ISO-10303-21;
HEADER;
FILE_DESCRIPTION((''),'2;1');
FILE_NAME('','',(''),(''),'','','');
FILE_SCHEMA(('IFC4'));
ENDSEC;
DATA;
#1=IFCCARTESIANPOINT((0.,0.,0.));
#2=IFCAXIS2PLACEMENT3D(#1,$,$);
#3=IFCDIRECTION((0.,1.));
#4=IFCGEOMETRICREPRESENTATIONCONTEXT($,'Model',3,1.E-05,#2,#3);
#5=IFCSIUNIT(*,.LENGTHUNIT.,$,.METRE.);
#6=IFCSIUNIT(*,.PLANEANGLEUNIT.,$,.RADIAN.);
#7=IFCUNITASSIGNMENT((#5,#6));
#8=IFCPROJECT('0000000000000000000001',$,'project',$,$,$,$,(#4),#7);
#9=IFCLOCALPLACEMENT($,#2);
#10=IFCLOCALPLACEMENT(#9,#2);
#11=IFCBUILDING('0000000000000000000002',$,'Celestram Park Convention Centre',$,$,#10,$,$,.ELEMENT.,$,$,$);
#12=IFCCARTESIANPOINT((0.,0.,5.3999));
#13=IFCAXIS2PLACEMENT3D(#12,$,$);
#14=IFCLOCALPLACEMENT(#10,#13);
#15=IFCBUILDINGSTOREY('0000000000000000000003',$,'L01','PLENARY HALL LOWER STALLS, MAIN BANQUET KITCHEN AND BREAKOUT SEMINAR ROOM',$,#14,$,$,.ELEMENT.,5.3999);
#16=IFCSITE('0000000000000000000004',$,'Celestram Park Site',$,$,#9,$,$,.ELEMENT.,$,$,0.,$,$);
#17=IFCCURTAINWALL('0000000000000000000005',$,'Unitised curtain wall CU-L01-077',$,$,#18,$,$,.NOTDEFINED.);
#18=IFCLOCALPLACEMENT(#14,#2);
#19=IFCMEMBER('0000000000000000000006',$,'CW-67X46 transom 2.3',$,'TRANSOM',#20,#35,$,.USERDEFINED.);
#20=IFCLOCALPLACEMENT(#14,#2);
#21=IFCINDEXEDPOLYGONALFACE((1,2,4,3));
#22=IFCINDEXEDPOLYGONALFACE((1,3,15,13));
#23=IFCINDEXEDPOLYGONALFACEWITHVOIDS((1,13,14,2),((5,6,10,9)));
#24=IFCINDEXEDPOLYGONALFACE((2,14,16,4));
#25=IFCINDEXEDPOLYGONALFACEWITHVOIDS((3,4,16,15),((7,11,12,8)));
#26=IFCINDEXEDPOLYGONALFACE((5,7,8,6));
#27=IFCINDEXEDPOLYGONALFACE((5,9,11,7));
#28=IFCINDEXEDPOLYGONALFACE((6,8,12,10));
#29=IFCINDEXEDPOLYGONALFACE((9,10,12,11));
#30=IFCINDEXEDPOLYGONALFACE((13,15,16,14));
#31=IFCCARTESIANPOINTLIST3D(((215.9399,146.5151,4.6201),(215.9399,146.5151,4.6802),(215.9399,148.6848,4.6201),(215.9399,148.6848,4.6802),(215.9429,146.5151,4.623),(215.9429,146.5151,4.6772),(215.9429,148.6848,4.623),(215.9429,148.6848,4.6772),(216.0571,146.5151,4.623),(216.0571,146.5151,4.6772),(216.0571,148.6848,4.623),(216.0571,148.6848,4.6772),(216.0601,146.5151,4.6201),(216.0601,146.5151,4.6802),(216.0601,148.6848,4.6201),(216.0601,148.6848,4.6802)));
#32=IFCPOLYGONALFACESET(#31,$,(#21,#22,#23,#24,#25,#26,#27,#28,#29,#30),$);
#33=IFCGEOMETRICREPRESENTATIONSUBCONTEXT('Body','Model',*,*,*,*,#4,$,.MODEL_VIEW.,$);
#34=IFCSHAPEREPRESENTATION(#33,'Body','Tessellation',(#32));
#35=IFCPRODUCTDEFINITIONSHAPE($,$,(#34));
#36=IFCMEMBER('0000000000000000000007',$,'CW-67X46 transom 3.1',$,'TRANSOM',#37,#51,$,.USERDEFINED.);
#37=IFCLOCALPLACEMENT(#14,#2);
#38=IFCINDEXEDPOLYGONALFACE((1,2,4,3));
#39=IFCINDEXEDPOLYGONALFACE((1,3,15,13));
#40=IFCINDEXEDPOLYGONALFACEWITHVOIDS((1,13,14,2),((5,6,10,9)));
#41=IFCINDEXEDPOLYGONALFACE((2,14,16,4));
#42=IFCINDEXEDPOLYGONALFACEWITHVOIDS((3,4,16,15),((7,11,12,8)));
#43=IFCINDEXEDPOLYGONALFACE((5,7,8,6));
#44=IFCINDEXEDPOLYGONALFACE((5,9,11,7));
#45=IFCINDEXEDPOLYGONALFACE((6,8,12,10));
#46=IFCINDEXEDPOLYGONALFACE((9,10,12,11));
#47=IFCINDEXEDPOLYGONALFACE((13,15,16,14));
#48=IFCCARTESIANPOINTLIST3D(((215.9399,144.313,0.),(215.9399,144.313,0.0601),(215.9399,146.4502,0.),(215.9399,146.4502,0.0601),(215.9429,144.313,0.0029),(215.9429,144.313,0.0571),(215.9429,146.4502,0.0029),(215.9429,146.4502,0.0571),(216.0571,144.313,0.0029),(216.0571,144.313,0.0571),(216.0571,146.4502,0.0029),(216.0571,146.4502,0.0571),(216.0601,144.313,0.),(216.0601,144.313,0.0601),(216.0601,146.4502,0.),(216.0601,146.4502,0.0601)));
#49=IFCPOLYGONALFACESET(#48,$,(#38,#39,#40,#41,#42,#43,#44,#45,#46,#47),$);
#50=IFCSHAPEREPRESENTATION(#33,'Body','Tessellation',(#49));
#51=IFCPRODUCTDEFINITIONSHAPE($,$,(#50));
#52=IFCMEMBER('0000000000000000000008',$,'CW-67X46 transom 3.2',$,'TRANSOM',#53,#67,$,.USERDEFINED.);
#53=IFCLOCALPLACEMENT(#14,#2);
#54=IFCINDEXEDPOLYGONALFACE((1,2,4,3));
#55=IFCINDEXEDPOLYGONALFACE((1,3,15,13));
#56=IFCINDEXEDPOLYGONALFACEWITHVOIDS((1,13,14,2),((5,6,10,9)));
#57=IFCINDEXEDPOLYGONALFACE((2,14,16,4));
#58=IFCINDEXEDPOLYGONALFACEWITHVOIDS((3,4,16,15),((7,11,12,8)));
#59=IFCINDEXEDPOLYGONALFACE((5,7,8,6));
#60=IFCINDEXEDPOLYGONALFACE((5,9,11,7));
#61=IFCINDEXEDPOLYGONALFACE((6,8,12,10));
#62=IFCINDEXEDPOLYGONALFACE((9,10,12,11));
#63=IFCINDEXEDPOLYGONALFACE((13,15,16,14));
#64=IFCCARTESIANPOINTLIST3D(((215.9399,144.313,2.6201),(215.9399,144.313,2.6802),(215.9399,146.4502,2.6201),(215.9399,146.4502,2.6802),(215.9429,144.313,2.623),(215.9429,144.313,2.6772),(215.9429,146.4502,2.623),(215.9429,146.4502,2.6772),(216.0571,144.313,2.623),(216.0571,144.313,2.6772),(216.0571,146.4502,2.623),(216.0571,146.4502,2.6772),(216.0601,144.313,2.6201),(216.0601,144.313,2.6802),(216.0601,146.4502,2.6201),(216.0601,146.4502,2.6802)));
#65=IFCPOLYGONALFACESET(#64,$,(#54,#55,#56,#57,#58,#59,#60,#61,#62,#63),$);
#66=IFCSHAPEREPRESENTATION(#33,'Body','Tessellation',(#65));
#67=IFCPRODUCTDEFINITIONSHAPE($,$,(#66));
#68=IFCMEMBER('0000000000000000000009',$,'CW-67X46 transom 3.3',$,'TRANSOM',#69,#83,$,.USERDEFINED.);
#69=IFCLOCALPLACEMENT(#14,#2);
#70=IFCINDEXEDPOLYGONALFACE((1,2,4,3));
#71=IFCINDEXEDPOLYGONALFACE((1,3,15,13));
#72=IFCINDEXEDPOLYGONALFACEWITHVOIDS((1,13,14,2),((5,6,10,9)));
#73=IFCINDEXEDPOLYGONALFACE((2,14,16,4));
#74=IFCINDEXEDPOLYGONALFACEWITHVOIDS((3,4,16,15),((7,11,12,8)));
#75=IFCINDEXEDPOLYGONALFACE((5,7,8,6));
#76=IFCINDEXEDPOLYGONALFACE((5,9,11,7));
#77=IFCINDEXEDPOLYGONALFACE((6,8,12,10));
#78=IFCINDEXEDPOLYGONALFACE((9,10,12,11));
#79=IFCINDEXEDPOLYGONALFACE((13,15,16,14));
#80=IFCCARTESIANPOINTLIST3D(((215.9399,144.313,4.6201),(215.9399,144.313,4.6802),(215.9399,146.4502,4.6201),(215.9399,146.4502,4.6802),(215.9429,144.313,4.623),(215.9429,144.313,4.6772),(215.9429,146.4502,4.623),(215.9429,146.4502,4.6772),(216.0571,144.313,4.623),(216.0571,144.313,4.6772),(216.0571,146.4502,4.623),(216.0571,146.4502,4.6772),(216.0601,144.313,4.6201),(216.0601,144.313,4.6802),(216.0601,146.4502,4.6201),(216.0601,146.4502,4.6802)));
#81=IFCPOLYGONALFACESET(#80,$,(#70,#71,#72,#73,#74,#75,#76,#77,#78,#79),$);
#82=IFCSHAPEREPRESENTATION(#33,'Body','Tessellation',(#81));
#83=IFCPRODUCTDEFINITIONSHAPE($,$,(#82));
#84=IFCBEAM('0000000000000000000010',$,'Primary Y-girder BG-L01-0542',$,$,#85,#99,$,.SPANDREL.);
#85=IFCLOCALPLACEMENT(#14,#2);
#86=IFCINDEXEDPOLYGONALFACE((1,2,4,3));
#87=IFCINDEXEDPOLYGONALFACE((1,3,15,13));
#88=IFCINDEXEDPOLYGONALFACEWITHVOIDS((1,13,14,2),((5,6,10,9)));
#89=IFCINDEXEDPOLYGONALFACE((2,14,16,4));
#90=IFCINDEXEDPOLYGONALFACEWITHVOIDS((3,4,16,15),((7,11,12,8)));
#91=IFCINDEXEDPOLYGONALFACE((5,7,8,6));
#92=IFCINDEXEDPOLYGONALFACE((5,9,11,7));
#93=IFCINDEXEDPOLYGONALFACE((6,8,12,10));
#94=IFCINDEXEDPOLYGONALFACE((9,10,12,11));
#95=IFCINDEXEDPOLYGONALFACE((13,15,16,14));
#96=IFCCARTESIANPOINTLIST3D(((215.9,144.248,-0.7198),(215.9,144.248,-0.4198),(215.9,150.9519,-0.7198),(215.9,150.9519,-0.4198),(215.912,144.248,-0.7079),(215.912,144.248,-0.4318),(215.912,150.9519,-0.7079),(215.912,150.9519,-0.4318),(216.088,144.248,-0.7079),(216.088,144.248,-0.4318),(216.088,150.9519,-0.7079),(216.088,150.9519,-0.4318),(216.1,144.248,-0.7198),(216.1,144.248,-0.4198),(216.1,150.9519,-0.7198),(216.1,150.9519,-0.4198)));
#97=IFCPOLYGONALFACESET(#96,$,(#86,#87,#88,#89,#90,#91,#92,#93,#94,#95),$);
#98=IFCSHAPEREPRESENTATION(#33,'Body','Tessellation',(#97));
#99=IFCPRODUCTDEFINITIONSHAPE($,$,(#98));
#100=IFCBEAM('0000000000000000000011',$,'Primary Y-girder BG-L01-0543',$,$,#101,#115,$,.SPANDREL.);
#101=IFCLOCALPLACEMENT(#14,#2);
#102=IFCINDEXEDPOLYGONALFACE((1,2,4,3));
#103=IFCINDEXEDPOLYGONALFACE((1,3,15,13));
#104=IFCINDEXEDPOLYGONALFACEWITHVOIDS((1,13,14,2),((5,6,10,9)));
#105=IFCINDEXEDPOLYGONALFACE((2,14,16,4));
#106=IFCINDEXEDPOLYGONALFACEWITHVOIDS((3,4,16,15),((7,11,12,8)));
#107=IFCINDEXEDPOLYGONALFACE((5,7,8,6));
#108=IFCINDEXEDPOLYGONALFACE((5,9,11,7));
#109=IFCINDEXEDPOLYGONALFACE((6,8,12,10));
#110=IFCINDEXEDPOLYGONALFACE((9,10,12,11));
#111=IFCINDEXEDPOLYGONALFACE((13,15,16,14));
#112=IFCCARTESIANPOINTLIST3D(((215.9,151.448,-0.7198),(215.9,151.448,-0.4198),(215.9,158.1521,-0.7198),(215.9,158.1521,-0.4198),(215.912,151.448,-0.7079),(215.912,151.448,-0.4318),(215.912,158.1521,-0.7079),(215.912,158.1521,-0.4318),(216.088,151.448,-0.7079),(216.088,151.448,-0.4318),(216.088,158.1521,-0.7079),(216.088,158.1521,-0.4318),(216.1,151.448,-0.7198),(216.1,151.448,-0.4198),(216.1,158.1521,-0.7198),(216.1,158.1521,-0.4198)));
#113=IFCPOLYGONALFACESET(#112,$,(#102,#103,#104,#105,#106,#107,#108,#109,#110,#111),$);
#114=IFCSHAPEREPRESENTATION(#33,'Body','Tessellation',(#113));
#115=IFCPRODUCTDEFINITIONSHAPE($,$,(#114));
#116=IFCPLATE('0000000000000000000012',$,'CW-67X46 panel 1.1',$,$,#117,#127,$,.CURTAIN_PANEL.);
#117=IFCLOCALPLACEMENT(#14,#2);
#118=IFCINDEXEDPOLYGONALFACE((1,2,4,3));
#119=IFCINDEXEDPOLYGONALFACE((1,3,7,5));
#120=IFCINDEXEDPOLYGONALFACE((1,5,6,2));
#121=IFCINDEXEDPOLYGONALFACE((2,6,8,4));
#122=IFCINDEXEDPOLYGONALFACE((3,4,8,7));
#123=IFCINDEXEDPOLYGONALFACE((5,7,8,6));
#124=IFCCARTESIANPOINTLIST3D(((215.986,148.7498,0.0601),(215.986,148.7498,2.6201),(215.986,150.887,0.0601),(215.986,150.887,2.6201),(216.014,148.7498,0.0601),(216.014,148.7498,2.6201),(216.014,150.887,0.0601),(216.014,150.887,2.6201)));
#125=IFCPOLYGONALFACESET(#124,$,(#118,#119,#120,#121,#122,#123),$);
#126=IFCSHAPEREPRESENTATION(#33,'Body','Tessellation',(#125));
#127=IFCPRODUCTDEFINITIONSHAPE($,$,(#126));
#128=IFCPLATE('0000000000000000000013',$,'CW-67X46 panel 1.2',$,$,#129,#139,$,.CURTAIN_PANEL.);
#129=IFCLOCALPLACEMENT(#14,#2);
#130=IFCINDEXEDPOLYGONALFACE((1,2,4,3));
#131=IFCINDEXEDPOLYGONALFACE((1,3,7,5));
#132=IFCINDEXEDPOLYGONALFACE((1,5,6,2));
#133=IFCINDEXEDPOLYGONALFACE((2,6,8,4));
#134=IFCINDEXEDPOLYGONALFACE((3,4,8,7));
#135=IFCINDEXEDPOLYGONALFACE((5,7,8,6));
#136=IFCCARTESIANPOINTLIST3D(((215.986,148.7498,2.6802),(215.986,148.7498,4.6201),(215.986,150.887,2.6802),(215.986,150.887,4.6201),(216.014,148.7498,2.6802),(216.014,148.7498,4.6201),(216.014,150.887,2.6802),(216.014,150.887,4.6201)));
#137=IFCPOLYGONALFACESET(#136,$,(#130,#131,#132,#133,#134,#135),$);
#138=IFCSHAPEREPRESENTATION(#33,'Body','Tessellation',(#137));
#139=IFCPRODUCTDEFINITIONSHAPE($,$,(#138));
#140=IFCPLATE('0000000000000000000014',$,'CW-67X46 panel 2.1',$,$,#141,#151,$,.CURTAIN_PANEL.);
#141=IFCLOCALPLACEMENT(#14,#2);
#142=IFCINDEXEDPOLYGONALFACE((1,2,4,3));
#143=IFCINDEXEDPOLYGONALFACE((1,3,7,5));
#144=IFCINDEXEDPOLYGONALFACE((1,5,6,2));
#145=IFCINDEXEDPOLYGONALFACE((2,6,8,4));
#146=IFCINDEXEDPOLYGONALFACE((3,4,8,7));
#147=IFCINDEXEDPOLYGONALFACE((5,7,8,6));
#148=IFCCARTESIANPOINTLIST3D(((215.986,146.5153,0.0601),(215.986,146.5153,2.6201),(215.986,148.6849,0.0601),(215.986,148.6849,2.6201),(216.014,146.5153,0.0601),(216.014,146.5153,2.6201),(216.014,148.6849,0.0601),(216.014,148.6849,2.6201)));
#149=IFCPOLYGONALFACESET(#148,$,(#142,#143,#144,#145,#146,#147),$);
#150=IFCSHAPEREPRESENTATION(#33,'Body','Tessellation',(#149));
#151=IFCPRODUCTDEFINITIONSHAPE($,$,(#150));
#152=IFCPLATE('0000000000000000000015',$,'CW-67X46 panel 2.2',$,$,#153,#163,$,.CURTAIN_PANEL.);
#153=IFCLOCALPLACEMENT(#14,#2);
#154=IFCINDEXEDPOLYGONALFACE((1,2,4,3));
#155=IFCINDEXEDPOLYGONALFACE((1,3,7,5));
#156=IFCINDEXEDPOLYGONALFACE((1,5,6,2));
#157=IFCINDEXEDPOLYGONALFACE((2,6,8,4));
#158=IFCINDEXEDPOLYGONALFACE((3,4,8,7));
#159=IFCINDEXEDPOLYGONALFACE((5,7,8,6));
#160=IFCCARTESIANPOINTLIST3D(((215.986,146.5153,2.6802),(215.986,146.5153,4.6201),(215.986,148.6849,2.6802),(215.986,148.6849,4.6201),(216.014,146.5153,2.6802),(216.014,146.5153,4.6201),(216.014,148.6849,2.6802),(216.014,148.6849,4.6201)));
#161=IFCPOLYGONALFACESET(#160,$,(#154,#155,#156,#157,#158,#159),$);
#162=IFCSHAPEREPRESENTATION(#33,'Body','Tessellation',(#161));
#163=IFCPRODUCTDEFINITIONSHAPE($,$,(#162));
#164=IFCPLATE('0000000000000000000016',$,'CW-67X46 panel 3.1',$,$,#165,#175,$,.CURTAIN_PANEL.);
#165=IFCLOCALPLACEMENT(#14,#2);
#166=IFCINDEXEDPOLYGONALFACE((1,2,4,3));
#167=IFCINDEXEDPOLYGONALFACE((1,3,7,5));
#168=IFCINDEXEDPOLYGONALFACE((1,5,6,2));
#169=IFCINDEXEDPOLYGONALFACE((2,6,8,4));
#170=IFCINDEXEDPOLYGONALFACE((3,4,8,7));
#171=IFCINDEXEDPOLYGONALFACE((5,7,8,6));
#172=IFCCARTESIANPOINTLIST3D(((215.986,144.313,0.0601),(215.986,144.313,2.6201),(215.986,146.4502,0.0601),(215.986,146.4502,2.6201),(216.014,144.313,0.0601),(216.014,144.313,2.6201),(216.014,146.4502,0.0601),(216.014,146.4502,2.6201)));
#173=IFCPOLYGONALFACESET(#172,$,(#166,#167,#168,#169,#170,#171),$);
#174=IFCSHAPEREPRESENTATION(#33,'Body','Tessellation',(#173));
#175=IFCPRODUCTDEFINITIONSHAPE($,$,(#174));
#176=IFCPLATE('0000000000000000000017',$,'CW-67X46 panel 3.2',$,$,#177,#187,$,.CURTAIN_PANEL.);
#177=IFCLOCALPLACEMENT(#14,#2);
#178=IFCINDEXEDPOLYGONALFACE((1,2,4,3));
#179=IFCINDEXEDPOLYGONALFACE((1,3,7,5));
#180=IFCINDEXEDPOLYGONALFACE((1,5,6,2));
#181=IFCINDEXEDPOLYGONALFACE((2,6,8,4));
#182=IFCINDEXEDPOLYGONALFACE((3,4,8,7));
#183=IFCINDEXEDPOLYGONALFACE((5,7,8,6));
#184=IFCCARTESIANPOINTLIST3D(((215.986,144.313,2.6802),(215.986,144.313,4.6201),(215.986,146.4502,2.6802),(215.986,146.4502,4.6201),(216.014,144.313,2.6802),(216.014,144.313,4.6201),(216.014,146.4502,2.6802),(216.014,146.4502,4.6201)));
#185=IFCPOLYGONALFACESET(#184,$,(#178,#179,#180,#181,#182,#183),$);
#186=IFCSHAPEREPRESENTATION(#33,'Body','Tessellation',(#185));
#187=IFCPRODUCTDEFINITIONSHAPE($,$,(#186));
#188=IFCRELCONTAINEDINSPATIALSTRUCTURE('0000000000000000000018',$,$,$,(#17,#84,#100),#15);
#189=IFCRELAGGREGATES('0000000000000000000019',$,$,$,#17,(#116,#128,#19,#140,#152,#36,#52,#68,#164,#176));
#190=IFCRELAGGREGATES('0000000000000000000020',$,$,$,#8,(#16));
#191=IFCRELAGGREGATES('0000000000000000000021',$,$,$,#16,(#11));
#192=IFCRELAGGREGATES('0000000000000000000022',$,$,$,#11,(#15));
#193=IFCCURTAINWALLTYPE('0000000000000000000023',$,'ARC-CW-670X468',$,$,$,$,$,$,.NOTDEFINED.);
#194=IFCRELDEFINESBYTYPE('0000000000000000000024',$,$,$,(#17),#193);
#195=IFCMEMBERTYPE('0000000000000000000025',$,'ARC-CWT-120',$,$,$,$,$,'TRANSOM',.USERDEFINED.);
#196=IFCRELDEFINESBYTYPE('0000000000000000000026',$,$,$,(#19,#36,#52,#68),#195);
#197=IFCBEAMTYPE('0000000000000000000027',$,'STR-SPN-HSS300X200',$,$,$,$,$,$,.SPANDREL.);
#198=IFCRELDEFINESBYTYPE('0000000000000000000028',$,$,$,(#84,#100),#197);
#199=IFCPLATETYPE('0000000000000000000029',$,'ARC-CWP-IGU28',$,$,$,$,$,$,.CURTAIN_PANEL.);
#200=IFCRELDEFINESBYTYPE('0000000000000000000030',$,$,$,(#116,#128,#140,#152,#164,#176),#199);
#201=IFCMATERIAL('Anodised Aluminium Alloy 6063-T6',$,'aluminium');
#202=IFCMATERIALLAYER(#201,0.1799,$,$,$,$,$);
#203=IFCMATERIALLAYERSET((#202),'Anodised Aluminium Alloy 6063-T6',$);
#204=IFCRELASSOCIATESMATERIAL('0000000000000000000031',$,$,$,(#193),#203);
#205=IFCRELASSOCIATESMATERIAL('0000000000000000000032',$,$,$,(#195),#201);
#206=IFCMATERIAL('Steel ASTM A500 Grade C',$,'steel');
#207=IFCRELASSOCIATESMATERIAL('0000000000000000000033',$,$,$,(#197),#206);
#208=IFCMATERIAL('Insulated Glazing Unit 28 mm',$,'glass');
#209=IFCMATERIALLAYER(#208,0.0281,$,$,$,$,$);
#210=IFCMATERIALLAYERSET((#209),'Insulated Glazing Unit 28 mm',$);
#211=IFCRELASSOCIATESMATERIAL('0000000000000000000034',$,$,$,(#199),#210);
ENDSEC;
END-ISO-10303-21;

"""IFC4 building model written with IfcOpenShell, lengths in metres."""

from ifc_helpers import new_model, si_unit, direction, frame, origin, origin_2d, place, context, subcontext, project, spatial, rectangle, hollow_rectangle, extrude, material, layer, layer_set, material_profile, profile_set, type_object, element, aggregate, save


model = new_model("IFC4")

# Units and contexts
model_context = context("Model", 3, precision=1e-05, world=origin(), true_north=direction((0.0, 1.0)))
body_context = subcontext(model_context, "Body", "Model", "MODEL_VIEW")
ifc_project = project(units=[si_unit("LENGTHUNIT", "METRE"), si_unit("PLANEANGLEUNIT", "RADIAN")], contexts=[model_context])

# Site, building, storey
site_placement = place(None, origin())
site = spatial("IfcSite", under=ifc_project, at=site_placement, Name="Celestram Park Site", CompositionType="ELEMENT", RefElevation=0.0)
building_placement = place(site_placement, origin())
building = spatial("IfcBuilding", under=site, at=building_placement, Name="Celestram Park Convention Centre", CompositionType="ELEMENT")
storey_placement = place(building_placement, frame((0.0, 0.0, 5.3999)))
storey = spatial("IfcBuildingStorey", under=building, at=storey_placement, Name="L01", Description="PLENARY HALL LOWER STALLS, MAIN BANQUET KITCHEN AND BREAKOUT SEMINAR ROOM", CompositionType="ELEMENT", Elevation=5.3999)

# Shared definitions
ifc_material_1 = material(Name="Steel ASTM A500 Grade C", Category="steel")

# Shared definitions
ifc_material_2 = material(Name="Anodised Aluminium Alloy 6063-T6", Category="aluminium")
ifc_layer_1 = layer(ifc_material_2, 0.1799)
ifc_layer_set_1 = layer_set([ifc_layer_1], Name="Anodised Aluminium Alloy 6063-T6")
curtain_wall_type = type_object("IfcCurtainWallType", Name="ARC-CW-670X468", PredefinedType="NOTDEFINED", material=ifc_layer_set_1)

# Curtain wall, members
curtain_wall_1_placement = place(storey_placement, origin())
curtain_wall_1 = element("IfcCurtainWall", 1, at=curtain_wall_1_placement, inside=storey, type_object=curtain_wall_type, Name="Unitised curtain wall CU-L01-077", PredefinedType="NOTDEFINED")
ifc_material_profile_1 = material_profile(ifc_material_2, hollow_rectangle(XDim=0.1201, YDim=0.0601, WallThickness=0.0029, at=origin_2d()), Name="ALU120X60X3")
ifc_profile_set_1 = profile_set([ifc_material_profile_1], Name="Anodised Aluminium Alloy 6063-T6")
member_type_1 = type_object("IfcMemberType", Name="ARC-CWT-120", ElementType="TRANSOM", PredefinedType="USERDEFINED", material=ifc_profile_set_1)
member_1_placement = place(storey_placement, frame((216.0, 148.6848, 4.6501), z_axis=(0.0, -1.0, 0.0), x_axis=(1.0, 0.0, 0.0)))
member_1 = element("IfcMember", 2, at=member_1_placement, type_object=member_type_1, Name="CW-67X46 transom 2.3", ObjectType="TRANSOM", PredefinedType="USERDEFINED", context=body_context, shape_type="SweptSolid", body=[
    extrude(hollow_rectangle(XDim=0.1201, YDim=0.0601, WallThickness=0.0029, at=origin_2d()), origin(), (0.0, 0.0, 1.0), 2.1697),
])
member_2_placement = place(storey_placement, frame((216.0, 146.4502, 0.03), z_axis=(0.0, -1.0, 0.0), x_axis=(1.0, 0.0, 0.0)))
member_2 = element("IfcMember", 3, at=member_2_placement, type_object=member_type_1, Name="CW-67X46 transom 3.1", ObjectType="TRANSOM", PredefinedType="USERDEFINED", context=body_context, shape_type="SweptSolid", body=[
    extrude(hollow_rectangle(XDim=0.1201, YDim=0.0601, WallThickness=0.0029, at=origin_2d()), origin(), (0.0, 0.0, 1.0), 2.1372),
])
member_3_placement = place(storey_placement, frame((216.0, 146.4502, 2.6501), z_axis=(0.0, -1.0, 0.0), x_axis=(1.0, 0.0, 0.0)))
member_3 = element("IfcMember", 4, at=member_3_placement, type_object=member_type_1, Name="CW-67X46 transom 3.2", ObjectType="TRANSOM", PredefinedType="USERDEFINED", context=body_context, shape_type="SweptSolid", body=[
    extrude(hollow_rectangle(XDim=0.1201, YDim=0.0601, WallThickness=0.0029, at=origin_2d()), origin(), (0.0, 0.0, 1.0), 2.1372),
])
member_4_placement = place(storey_placement, frame((216.0, 146.4502, 4.6501), z_axis=(0.0, -1.0, 0.0), x_axis=(1.0, 0.0, 0.0)))
member_4 = element("IfcMember", 5, at=member_4_placement, type_object=member_type_1, Name="CW-67X46 transom 3.3", ObjectType="TRANSOM", PredefinedType="USERDEFINED", context=body_context, shape_type="SweptSolid", body=[
    extrude(hollow_rectangle(XDim=0.1201, YDim=0.0601, WallThickness=0.0029, at=origin_2d()), origin(), (0.0, 0.0, 1.0), 2.1372),
])

# Beams
ifc_material_profile_2 = material_profile(ifc_material_1, hollow_rectangle(XDim=0.2, YDim=0.3, WallThickness=0.012, at=origin_2d()), Name="HSS300X200X12")
ifc_profile_set_2 = profile_set([ifc_material_profile_2], Name="Steel ASTM A500 Grade C")
beam_type = type_object("IfcBeamType", Name="STR-SPN-HSS300X200", PredefinedType="SPANDREL", material=ifc_profile_set_2)
beam_1_placement = place(storey_placement, frame((216.0, 144.248, -0.5698), z_axis=(0.0, 1.0, 0.0), x_axis=(-1.0, 0.0, 0.0)))
element("IfcBeam", 6, at=beam_1_placement, inside=storey, type_object=beam_type, Name="Primary Y-girder BG-L01-0542", PredefinedType="SPANDREL", context=body_context, shape_type="SweptSolid", body=[
    extrude(hollow_rectangle(XDim=0.2, YDim=0.3, WallThickness=0.012, at=origin_2d()), origin(), (0.0, 0.0, 1.0), 6.7039),
])
beam_2_placement = place(storey_placement, frame((216.0, 151.448, -0.5698), z_axis=(0.0, 1.0, 0.0), x_axis=(-1.0, 0.0, 0.0)))
element("IfcBeam", 7, at=beam_2_placement, inside=storey, type_object=beam_type, Name="Primary Y-girder BG-L01-0543", PredefinedType="SPANDREL", context=body_context, shape_type="SweptSolid", body=[
    extrude(hollow_rectangle(XDim=0.2, YDim=0.3, WallThickness=0.012, at=origin_2d()), origin(), (0.0, 0.0, 1.0), 6.7041),
])

# Plates
ifc_material_3 = material(Name="Insulated Glazing Unit 28 mm", Category="glass")
ifc_layer_2 = layer(ifc_material_3, 0.0281)
ifc_layer_set_2 = layer_set([ifc_layer_2], Name="Insulated Glazing Unit 28 mm")
plate_type_1 = type_object("IfcPlateType", Name="ARC-CWP-IGU28", PredefinedType="CURTAIN_PANEL", material=ifc_layer_set_2)
plate_1_placement = place(storey_placement, frame((216.0, 149.8184, 0.0601), z_axis=(0.0, 0.0, 1.0), x_axis=(0.0, -1.0, 0.0)))
plate_1 = element("IfcPlate", 8, at=plate_1_placement, type_object=plate_type_1, Name="CW-67X46 panel 1.1", PredefinedType="CURTAIN_PANEL", context=body_context, shape_type="SweptSolid", body=[
    extrude(rectangle(XDim=2.1372, YDim=0.0281, at=origin_2d()), origin(), (0.0, 0.0, 1.0), 2.5601),
])
plate_2_placement = place(storey_placement, frame((216.0, 149.8184, 2.6802), z_axis=(0.0, 0.0, 1.0), x_axis=(0.0, -1.0, 0.0)))
plate_2 = element("IfcPlate", 9, at=plate_2_placement, type_object=plate_type_1, Name="CW-67X46 panel 1.2", PredefinedType="CURTAIN_PANEL", context=body_context, shape_type="SweptSolid", body=[
    extrude(rectangle(XDim=2.1372, YDim=0.0281, at=origin_2d()), origin(), (0.0, 0.0, 1.0), 1.9399),
])
plate_3_placement = place(storey_placement, frame((216.0, 147.6001, 0.0601), z_axis=(0.0, 0.0, 1.0), x_axis=(0.0, -1.0, 0.0)))
plate_3 = element("IfcPlate", 10, at=plate_3_placement, type_object=plate_type_1, Name="CW-67X46 panel 2.1", PredefinedType="CURTAIN_PANEL", context=body_context, shape_type="SweptSolid", body=[
    extrude(rectangle(XDim=2.1697, YDim=0.0281, at=origin_2d()), origin(), (0.0, 0.0, 1.0), 2.5601),
])
plate_4_placement = place(storey_placement, frame((216.0, 147.6001, 2.6802), z_axis=(0.0, 0.0, 1.0), x_axis=(0.0, -1.0, 0.0)))
plate_4 = element("IfcPlate", 11, at=plate_4_placement, type_object=plate_type_1, Name="CW-67X46 panel 2.2", PredefinedType="CURTAIN_PANEL", context=body_context, shape_type="SweptSolid", body=[
    extrude(rectangle(XDim=2.1697, YDim=0.0281, at=origin_2d()), origin(), (0.0, 0.0, 1.0), 1.9399),
])
plate_5_placement = place(storey_placement, frame((216.0, 145.3816, 0.0601), z_axis=(0.0, 0.0, 1.0), x_axis=(0.0, -1.0, 0.0)))
plate_5 = element("IfcPlate", 12, at=plate_5_placement, type_object=plate_type_1, Name="CW-67X46 panel 3.1", PredefinedType="CURTAIN_PANEL", context=body_context, shape_type="SweptSolid", body=[
    extrude(rectangle(XDim=2.1372, YDim=0.0281, at=origin_2d()), origin(), (0.0, 0.0, 1.0), 2.5601),
])
plate_6_placement = place(storey_placement, frame((216.0, 145.3816, 2.6802), z_axis=(0.0, 0.0, 1.0), x_axis=(0.0, -1.0, 0.0)))
plate_6 = element("IfcPlate", 13, at=plate_6_placement, type_object=plate_type_1, Name="CW-67X46 panel 3.2", PredefinedType="CURTAIN_PANEL", context=body_context, shape_type="SweptSolid", body=[
    extrude(rectangle(XDim=2.1372, YDim=0.0281, at=origin_2d()), origin(), (0.0, 0.0, 1.0), 1.9399),
])
aggregate(curtain_wall_1, [plate_1, plate_2, member_1, plate_3, plate_4, member_2, member_3, member_4, plate_5, plate_6])

save(model, "model.ifc")
